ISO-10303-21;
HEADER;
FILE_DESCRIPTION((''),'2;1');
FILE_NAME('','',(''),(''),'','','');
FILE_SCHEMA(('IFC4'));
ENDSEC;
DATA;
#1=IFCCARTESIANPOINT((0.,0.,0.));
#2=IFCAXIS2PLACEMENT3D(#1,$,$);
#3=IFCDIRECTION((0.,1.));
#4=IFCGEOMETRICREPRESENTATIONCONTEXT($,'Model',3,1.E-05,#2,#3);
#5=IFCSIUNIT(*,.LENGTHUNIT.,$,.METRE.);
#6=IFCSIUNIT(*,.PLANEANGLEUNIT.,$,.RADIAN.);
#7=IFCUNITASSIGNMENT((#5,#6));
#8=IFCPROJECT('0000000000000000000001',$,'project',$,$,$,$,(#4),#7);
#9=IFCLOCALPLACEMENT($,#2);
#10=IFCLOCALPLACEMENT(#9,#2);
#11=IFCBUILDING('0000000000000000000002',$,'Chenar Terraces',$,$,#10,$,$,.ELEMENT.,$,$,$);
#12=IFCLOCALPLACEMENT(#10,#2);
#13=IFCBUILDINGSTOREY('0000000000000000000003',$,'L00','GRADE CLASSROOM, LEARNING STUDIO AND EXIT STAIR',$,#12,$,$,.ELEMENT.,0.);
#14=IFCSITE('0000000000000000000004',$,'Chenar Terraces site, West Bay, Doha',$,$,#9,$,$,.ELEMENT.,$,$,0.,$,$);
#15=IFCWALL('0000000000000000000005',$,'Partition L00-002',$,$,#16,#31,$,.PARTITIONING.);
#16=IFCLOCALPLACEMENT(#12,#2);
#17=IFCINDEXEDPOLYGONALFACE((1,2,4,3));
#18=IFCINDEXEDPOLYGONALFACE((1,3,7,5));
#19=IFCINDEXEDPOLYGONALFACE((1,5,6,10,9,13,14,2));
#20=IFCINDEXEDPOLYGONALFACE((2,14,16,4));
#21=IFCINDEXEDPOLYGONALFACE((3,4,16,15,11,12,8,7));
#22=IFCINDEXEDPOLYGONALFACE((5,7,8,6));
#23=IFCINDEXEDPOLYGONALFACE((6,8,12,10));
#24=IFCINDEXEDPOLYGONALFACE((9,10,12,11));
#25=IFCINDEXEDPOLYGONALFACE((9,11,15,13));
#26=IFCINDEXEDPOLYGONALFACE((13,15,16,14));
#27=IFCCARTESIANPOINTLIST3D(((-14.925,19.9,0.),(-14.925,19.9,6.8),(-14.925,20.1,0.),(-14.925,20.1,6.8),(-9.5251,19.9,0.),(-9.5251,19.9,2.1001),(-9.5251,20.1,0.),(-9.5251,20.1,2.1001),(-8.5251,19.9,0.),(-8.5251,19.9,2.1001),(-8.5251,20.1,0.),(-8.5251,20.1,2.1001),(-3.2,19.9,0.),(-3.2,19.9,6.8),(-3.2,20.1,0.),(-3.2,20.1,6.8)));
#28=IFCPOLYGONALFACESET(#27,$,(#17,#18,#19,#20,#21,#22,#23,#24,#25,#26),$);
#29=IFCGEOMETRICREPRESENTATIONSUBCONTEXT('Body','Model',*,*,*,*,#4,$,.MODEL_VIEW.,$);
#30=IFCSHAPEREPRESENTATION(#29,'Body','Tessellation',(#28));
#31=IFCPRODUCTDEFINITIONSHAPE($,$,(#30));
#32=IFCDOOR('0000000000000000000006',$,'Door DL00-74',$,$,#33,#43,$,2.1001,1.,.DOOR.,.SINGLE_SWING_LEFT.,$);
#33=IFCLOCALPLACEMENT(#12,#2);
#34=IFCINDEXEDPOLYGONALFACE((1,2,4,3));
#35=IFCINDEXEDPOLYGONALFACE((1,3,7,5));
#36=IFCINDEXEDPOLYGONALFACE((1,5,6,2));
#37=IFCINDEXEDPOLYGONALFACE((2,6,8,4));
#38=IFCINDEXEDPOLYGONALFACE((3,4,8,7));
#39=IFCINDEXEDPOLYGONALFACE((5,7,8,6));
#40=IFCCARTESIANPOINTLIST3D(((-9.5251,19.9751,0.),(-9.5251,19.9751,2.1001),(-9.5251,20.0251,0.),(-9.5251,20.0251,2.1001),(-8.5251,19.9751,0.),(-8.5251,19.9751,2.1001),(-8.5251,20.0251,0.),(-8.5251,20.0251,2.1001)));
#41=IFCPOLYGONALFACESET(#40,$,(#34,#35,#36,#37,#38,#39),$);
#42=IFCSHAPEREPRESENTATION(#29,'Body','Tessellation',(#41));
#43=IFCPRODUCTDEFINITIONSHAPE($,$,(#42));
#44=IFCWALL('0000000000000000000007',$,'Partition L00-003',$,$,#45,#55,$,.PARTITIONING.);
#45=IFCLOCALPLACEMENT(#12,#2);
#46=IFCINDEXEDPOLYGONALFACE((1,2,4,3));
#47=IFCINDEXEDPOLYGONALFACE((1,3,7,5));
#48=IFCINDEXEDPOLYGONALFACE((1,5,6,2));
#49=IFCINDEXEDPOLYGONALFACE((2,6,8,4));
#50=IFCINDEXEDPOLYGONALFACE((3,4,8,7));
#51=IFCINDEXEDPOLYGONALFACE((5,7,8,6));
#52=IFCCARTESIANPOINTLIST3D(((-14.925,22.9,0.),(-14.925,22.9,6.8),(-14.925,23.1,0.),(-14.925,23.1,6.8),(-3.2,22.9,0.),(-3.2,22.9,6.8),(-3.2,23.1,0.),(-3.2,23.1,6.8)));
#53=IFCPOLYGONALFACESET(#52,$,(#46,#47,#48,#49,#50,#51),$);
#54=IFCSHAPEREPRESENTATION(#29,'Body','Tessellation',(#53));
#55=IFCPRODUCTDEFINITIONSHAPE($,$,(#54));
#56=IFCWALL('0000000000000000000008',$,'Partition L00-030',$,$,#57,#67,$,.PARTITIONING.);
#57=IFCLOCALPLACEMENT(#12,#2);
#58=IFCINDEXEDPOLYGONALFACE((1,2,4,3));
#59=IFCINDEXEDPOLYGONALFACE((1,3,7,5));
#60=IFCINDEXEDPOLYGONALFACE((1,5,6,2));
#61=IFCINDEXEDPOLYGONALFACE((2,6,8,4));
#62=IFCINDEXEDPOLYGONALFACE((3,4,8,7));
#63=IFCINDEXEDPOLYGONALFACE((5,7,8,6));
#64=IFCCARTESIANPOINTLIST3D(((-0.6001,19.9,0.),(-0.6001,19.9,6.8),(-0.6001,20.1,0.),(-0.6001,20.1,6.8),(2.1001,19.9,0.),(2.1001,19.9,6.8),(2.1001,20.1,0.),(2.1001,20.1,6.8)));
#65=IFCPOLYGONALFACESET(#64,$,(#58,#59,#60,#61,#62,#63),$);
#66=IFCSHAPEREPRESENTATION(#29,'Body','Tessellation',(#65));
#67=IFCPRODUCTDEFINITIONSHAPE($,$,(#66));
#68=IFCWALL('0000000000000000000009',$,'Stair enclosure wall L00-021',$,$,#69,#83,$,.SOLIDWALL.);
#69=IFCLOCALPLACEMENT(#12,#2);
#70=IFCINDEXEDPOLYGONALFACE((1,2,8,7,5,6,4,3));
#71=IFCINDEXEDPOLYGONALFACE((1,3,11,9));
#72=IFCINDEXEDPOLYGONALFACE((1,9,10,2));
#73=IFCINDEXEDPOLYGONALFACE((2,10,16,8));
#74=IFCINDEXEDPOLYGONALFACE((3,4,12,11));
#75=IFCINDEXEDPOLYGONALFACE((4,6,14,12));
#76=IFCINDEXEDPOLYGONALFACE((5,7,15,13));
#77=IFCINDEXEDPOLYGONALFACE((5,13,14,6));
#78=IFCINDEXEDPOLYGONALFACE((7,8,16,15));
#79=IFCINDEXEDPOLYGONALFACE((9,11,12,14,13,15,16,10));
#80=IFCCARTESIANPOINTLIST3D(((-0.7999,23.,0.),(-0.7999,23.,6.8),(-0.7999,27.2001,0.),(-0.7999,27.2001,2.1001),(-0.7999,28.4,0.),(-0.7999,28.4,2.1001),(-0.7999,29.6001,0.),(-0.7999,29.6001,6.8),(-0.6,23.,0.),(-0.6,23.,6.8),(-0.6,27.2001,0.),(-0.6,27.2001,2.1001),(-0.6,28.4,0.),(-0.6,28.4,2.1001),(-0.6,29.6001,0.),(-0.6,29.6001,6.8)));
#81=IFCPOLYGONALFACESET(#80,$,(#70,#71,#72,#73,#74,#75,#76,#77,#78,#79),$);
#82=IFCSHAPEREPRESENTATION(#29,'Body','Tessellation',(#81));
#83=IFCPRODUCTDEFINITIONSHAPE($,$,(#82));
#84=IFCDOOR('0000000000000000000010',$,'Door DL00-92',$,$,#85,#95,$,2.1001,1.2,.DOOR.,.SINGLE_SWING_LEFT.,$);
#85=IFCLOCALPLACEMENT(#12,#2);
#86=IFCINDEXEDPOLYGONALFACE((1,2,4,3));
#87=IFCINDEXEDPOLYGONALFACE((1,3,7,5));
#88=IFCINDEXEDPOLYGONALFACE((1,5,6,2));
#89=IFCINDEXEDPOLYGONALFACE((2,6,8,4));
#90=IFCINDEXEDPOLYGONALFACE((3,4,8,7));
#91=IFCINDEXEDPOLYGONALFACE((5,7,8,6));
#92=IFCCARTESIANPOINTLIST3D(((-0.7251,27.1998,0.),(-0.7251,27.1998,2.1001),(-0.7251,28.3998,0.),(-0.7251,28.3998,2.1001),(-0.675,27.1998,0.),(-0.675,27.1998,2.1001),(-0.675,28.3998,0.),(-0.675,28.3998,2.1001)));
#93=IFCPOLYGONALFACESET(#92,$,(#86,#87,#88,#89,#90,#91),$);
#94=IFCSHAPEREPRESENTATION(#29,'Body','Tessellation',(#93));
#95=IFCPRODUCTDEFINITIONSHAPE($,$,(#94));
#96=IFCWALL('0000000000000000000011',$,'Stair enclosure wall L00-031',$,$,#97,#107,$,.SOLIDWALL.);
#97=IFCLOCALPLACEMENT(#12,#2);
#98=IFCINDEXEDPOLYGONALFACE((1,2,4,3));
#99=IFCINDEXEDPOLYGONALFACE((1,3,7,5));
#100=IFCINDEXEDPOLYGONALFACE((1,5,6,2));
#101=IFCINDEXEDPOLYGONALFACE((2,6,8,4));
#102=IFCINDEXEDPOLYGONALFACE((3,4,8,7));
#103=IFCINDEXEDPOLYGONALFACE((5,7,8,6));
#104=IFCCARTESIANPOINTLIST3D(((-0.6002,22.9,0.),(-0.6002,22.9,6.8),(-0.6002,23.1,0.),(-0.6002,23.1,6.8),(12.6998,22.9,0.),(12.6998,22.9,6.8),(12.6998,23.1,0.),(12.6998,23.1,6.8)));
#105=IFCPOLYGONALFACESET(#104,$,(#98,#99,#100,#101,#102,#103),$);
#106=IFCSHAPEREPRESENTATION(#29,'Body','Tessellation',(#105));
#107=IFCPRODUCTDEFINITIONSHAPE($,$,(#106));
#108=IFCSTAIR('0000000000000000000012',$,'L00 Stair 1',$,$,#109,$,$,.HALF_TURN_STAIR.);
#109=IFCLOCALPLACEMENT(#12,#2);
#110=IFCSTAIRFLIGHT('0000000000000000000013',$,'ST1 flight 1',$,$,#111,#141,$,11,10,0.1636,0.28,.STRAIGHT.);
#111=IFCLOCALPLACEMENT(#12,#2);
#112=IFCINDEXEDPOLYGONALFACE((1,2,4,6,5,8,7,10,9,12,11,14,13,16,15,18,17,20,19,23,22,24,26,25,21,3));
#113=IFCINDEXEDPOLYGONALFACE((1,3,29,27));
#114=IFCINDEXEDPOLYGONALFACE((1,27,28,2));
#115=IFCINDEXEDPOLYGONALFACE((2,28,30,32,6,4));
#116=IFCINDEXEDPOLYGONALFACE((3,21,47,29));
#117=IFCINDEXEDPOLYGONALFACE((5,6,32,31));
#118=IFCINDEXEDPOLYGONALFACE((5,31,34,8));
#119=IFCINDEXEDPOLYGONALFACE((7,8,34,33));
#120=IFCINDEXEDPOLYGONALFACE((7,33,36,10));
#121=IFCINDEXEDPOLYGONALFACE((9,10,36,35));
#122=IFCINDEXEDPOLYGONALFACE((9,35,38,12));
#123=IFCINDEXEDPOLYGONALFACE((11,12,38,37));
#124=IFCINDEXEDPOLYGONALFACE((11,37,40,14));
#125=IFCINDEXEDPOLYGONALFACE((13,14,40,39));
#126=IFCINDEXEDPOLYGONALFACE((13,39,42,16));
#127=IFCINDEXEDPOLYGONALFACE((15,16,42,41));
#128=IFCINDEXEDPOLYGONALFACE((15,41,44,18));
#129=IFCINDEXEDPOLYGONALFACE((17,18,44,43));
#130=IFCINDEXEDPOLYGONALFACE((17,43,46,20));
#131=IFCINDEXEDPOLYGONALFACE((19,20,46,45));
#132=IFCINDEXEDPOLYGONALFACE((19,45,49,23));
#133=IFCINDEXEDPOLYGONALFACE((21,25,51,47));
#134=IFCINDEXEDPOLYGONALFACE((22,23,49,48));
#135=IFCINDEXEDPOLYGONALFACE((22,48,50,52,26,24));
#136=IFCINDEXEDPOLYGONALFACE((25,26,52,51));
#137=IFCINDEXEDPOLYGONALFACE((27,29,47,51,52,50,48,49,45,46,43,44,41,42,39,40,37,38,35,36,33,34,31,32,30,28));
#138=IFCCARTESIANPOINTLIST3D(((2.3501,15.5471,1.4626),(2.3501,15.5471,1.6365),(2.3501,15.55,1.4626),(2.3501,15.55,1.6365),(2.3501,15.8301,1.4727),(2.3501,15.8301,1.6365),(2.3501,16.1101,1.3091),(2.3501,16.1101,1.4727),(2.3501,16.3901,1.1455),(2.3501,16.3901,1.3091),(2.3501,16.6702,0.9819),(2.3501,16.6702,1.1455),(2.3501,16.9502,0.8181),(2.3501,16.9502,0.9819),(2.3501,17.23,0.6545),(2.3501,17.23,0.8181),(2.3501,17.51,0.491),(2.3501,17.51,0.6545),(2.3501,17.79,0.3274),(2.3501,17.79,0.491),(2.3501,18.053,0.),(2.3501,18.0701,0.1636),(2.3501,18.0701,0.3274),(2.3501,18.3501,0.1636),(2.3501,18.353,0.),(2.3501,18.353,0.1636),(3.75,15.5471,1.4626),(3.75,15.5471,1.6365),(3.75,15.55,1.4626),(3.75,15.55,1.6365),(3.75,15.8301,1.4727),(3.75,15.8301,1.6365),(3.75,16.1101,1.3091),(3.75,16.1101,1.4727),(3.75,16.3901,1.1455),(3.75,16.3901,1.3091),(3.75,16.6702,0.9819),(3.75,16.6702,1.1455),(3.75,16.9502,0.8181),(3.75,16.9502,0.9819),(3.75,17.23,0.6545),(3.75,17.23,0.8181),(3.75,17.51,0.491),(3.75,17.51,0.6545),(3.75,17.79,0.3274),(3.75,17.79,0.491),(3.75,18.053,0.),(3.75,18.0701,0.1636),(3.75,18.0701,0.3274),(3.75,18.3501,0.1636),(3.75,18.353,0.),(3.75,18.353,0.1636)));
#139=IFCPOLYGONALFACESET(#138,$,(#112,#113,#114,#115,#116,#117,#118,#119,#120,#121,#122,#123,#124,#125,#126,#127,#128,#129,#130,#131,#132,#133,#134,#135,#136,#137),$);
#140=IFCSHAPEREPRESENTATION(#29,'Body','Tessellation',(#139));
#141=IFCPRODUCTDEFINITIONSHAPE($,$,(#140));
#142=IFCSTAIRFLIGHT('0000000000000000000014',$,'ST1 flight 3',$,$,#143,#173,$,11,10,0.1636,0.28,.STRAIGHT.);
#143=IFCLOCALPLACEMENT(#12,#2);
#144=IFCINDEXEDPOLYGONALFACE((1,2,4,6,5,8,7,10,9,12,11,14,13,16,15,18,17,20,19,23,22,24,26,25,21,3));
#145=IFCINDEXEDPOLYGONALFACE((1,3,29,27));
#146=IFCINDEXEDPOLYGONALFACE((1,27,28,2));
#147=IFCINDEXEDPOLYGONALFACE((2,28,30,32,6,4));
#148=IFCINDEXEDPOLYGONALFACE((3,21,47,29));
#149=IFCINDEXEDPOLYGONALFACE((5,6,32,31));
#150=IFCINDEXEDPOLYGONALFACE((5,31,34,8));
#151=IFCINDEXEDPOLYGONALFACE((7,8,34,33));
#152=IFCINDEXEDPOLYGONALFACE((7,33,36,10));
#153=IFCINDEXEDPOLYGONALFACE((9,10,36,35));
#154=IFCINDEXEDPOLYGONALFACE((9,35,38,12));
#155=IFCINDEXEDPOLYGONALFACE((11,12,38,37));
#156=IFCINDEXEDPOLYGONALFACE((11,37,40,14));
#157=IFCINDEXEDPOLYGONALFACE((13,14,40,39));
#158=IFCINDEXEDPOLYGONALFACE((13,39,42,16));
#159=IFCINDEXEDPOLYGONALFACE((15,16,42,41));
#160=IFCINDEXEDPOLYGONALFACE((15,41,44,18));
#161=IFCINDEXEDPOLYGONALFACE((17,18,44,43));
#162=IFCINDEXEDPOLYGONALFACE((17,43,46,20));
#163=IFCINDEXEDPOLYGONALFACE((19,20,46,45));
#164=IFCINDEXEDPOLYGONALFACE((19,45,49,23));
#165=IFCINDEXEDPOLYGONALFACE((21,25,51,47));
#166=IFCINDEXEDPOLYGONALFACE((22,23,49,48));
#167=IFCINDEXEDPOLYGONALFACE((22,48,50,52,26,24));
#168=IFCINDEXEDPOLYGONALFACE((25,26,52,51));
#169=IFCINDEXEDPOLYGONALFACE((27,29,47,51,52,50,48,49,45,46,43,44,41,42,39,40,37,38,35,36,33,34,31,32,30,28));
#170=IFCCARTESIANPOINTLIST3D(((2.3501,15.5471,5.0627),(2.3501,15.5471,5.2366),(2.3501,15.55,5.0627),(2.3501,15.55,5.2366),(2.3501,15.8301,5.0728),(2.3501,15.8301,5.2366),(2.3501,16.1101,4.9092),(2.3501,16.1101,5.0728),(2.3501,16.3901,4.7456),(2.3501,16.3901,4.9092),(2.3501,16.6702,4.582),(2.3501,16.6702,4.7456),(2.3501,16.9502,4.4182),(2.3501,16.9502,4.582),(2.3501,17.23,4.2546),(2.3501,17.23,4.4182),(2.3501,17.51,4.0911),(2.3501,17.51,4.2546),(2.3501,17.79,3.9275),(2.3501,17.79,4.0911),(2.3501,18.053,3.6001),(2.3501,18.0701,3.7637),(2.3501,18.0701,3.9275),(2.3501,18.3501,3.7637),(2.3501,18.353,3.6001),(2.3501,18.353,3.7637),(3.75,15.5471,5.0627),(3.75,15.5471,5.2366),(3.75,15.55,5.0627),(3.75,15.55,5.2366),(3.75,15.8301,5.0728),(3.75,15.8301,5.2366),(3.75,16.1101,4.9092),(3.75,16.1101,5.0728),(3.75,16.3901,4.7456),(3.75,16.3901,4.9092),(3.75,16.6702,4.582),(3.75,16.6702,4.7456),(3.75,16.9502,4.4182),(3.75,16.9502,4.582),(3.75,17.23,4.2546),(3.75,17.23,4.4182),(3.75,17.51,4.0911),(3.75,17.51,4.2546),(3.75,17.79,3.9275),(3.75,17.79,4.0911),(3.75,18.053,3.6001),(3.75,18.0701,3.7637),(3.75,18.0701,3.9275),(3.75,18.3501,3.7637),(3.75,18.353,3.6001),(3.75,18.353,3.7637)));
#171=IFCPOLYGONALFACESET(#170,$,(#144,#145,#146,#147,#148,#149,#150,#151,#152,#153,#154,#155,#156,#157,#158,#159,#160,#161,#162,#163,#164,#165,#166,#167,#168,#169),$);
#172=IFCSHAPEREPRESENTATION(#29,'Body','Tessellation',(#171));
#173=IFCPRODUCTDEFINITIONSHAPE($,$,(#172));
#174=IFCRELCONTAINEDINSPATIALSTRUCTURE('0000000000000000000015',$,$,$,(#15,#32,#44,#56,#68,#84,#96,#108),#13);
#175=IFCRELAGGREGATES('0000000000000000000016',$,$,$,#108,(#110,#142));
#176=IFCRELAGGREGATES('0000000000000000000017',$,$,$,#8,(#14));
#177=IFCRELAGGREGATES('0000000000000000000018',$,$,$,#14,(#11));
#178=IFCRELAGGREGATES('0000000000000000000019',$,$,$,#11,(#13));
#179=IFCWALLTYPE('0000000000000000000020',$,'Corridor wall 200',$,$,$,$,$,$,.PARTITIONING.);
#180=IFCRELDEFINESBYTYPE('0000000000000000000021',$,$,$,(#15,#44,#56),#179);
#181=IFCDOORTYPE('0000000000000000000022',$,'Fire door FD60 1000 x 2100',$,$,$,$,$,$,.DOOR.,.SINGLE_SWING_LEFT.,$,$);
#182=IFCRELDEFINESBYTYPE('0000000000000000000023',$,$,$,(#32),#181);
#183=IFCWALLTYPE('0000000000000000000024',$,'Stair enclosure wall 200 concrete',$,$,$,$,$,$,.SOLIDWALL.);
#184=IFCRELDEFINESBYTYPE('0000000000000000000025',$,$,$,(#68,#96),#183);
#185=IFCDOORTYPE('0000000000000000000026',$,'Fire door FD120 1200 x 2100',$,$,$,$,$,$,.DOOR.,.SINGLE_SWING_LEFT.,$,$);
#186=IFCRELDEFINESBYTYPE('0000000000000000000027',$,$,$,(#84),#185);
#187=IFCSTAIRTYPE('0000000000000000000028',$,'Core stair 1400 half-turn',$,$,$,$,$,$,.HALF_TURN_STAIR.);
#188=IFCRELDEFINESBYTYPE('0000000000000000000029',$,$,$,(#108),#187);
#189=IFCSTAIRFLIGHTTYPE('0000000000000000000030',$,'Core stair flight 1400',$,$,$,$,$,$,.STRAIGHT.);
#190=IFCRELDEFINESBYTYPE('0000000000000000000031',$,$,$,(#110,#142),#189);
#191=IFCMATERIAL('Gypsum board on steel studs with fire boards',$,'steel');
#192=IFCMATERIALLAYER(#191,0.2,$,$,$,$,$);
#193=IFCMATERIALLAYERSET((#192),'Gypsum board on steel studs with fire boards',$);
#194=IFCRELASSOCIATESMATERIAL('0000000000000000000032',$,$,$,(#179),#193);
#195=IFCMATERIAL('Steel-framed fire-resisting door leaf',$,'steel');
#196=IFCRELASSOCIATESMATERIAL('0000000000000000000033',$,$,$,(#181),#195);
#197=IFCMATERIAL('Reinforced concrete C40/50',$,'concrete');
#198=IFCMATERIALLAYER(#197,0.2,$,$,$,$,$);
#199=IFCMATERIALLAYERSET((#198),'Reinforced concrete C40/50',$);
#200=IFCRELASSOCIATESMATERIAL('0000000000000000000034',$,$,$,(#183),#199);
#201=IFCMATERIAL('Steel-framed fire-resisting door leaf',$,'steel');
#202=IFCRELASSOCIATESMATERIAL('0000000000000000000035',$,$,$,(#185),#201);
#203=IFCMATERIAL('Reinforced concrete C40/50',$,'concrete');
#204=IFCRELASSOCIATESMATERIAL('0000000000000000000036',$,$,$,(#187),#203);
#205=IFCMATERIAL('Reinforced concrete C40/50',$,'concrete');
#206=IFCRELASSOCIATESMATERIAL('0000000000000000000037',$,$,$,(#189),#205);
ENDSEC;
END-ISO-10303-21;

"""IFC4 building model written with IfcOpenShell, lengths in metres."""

from ifc_helpers import new_model, si_unit, direction, frame, frame_2d, origin, place, context, subcontext, project, spatial, polyline, rectangle, outline, extrude, material, layer, layer_set, type_object, element, fill, aggregate, save


model = new_model("IFC4")

# Units and contexts
model_context = context("Model", 3, precision=1e-05, world=origin(), true_north=direction((0.0, 1.0)))
body_context = subcontext(model_context, "Body", "Model", "MODEL_VIEW")
ifc_project = project(units=[si_unit("LENGTHUNIT", "METRE"), si_unit("PLANEANGLEUNIT", "RADIAN")], contexts=[model_context])

# Site, building, storey
site_placement = place(None, origin())
site = spatial("IfcSite", under=ifc_project, at=site_placement, Name="Chenar Terraces site, West Bay, Doha", CompositionType="ELEMENT", RefElevation=0.0)
building_placement = place(site_placement, origin())
building = spatial("IfcBuilding", under=site, at=building_placement, Name="Chenar Terraces", CompositionType="ELEMENT")
storey_placement = place(building_placement, origin())
storey = spatial("IfcBuildingStorey", under=building, at=storey_placement, Name="L00", Description="GRADE CLASSROOM, LEARNING STUDIO AND EXIT STAIR", CompositionType="ELEMENT", Elevation=0.0)

# Shared definitions
placement = place(storey_placement, origin())

# Wall, opening, door
ifc_material_1 = material(Name="Gypsum board on steel studs with fire boards", Category="steel")
ifc_layer_1 = layer(ifc_material_1, 0.2)
ifc_layer_set_1 = layer_set([ifc_layer_1], Name="Gypsum board on steel studs with fire boards")
wall_type_1 = type_object("IfcWallType", Name="Corridor wall 200", PredefinedType="PARTITIONING", material=ifc_layer_set_1)
wall_1_placement = place(storey_placement, frame((-14.925, 20.0, 0.0), z_axis=(0.0, 0.0, 1.0), x_axis=(1.0, 0.0, 0.0)))
wall_1 = element("IfcWall", 1, at=wall_1_placement, inside=storey, type_object=wall_type_1, Name="Partition L00-002", PredefinedType="PARTITIONING", context=body_context, shape_type="SweptSolid", body=[
    extrude(rectangle(XDim=11.7251, YDim=0.2, at=frame_2d((5.8625, 0.0))), origin(), (0.0, 0.0, 1.0), 6.8),
])
opening_1_placement = place(wall_1_placement, frame((5.3999, 0.0, 0.0)))
opening_1 = element("IfcOpeningElement", 2, at=opening_1_placement, cuts=wall_1, PredefinedType="OPENING", context=body_context, shape_type="SweptSolid", body=[
    extrude(rectangle(XDim=1.0, YDim=2.1001, at=frame_2d((0.5, 1.05))), frame((0.0, 0.1099, 0.0), z_axis=(0.0, -1.0, 0.0), x_axis=(1.0, 0.0, 0.0)), (0.0, 0.0, 1.0), 0.22),
])
ifc_material_2 = material(Name="Steel-framed fire-resisting door leaf", Category="steel")
door_type_1 = type_object("IfcDoorType", Name="Fire door FD60 1000 x 2100", OperationType="SINGLE_SWING_LEFT", PredefinedType="DOOR", material=ifc_material_2)
door_1_placement = place(opening_1_placement, frame((1.0, 0.0, 0.0), z_axis=(0.0, 0.0, 1.0), x_axis=(-1.0, 0.0, 0.0)))
door_1 = element("IfcDoor", 3, at=door_1_placement, inside=storey, type_object=door_type_1, Name="Door DL00-74", OperationType="SINGLE_SWING_LEFT", OverallHeight=2.1001, OverallWidth=1.0, PredefinedType="DOOR", context=body_context, shape_type="SweptSolid", body=[
    extrude(rectangle(XDim=1.0, YDim=2.1001, at=frame_2d((0.5, 1.05))), frame((0.0, 0.0249, 0.0), z_axis=(0.0, -1.0, 0.0), x_axis=(1.0, 0.0, 0.0)), (0.0, 0.0, 1.0), 0.05),
])
fill(opening_1, door_1)

# Walls
wall_2_placement = place(storey_placement, frame((-14.925, 23.0, 0.0), z_axis=(0.0, 0.0, 1.0), x_axis=(1.0, 0.0, 0.0)))
element("IfcWall", 4, at=wall_2_placement, inside=storey, type_object=wall_type_1, Name="Partition L00-003", PredefinedType="PARTITIONING", context=body_context, shape_type="SweptSolid", body=[
    extrude(rectangle(XDim=11.7251, YDim=0.2, at=frame_2d((5.8625, 0.0))), origin(), (0.0, 0.0, 1.0), 6.8),
])
wall_3_placement = place(storey_placement, frame((-0.6001, 20.0, 0.0), z_axis=(0.0, 0.0, 1.0), x_axis=(1.0, 0.0, 0.0)))
element("IfcWall", 5, at=wall_3_placement, inside=storey, type_object=wall_type_1, Name="Partition L00-030", PredefinedType="PARTITIONING", context=body_context, shape_type="SweptSolid", body=[
    extrude(rectangle(XDim=2.7002, YDim=0.2, at=frame_2d((1.3501, 0.0))), origin(), (0.0, 0.0, 1.0), 6.8),
])

# Wall, opening, door
ifc_material_3 = material(Name="Reinforced concrete C40/50", Category="concrete")
ifc_layer_2 = layer(ifc_material_3, 0.2)
ifc_layer_set_2 = layer_set([ifc_layer_2], Name="Reinforced concrete C40/50")
wall_type_2 = type_object("IfcWallType", Name="Stair enclosure wall 200 concrete", PredefinedType="SOLIDWALL", material=ifc_layer_set_2)
wall_4_placement = place(storey_placement, frame((-0.7, 23.0, 0.0), z_axis=(0.0, 0.0, 1.0), x_axis=(0.0, 1.0, 0.0)))
wall_4 = element("IfcWall", 6, at=wall_4_placement, inside=storey, type_object=wall_type_2, Name="Stair enclosure wall L00-021", PredefinedType="SOLIDWALL", context=body_context, shape_type="SweptSolid", body=[
    extrude(rectangle(XDim=6.6001, YDim=0.2, at=frame_2d((3.3, 0.0))), origin(), (0.0, 0.0, 1.0), 6.8),
])
opening_2_placement = place(wall_4_placement, frame((4.2, 0.0, 0.0)))
opening_2 = element("IfcOpeningElement", 7, at=opening_2_placement, cuts=wall_4, PredefinedType="OPENING", context=body_context, shape_type="SweptSolid", body=[
    extrude(rectangle(XDim=1.2, YDim=2.1001, at=frame_2d((0.6001, 1.05))), frame((0.0, 0.1099, 0.0), z_axis=(0.0, -1.0, 0.0), x_axis=(1.0, 0.0, 0.0)), (0.0, 0.0, 1.0), 0.22),
])
ifc_material_4 = material(Name="Steel-framed fire-resisting door leaf", Category="steel")
door_type_2 = type_object("IfcDoorType", Name="Fire door FD120 1200 x 2100", OperationType="SINGLE_SWING_LEFT", PredefinedType="DOOR", material=ifc_material_4)
door_2_placement = place(opening_2_placement, frame((1.2, 0.0, 0.0), z_axis=(0.0, 0.0, 1.0), x_axis=(-1.0, 0.0, 0.0)))
door_2 = element("IfcDoor", 8, at=door_2_placement, inside=storey, type_object=door_type_2, Name="Door DL00-92", OperationType="SINGLE_SWING_LEFT", OverallHeight=2.1001, OverallWidth=1.2, PredefinedType="DOOR", context=body_context, shape_type="SweptSolid", body=[
    extrude(rectangle(XDim=1.2, YDim=2.1001, at=frame_2d((0.6001, 1.05))), frame((0.0, 0.0249, 0.0), z_axis=(0.0, -1.0, 0.0), x_axis=(1.0, 0.0, 0.0)), (0.0, 0.0, 1.0), 0.05),
])
fill(opening_2, door_2)

# Wall
wall_5_placement = place(storey_placement, frame((-0.6001, 23.0, 0.0), z_axis=(0.0, 0.0, 1.0), x_axis=(1.0, 0.0, 0.0)))
element("IfcWall", 9, at=wall_5_placement, inside=storey, type_object=wall_type_2, Name="Stair enclosure wall L00-031", PredefinedType="SOLIDWALL", context=body_context, shape_type="SweptSolid", body=[
    extrude(rectangle(XDim=13.3, YDim=0.2, at=frame_2d((6.6499, 0.0))), origin(), (0.0, 0.0, 1.0), 6.8),
])

# Stair, stair flights
ifc_material_5 = material(Name="Reinforced concrete C40/50", Category="concrete")
stair_type = type_object("IfcStairType", Name="Core stair 1400 half-turn", PredefinedType="HALF_TURN_STAIR", material=ifc_material_5)
stair = element("IfcStair", 10, at=placement, inside=storey, type_object=stair_type, Name="L00 Stair 1", PredefinedType="HALF_TURN_STAIR")
ifc_material_6 = material(Name="Reinforced concrete C40/50", Category="concrete")
stair_flight_type = type_object("IfcStairFlightType", Name="Core stair flight 1400", PredefinedType="STRAIGHT", material=ifc_material_6)
stair_flight_1_placement = place(storey_placement, frame((3.05, 18.3501, 0.0), z_axis=(0.0, 0.0, 1.0), x_axis=(0.0, -1.0, 0.0)))
stair_flight_1 = element("IfcStairFlight", 11, at=stair_flight_1_placement, type_object=stair_flight_type, Name="ST1 flight 1", NumberOfRisers=11, NumberOfTreads=10, PredefinedType="STRAIGHT", RiserHeight=0.1636, TreadLength=0.28, context=body_context, shape_type="SweptSolid", body=[
    extrude(outline(polyline([(-0.0029, 0.0), (-0.0029, 0.1636), (0.0, 0.1636), (0.28, 0.1636), (0.28, 0.3274), (0.5601, 0.3274), (0.5601, 0.491), (0.8401, 0.491), (0.8401, 0.6545), (1.1201, 0.6545), (1.1201, 0.8181), (1.3999, 0.8181), (1.3999, 0.9819), (1.6799, 0.9819), (1.6799, 1.1455), (1.96, 1.1455), (1.96, 1.3091), (2.24, 1.3091), (2.24, 1.4727), (2.52, 1.4727), (2.52, 1.6365), (2.8, 1.6365), (2.803, 1.6365), (2.803, 1.4626), (2.8, 1.4626), (0.2971, 0.0), (-0.0029, 0.0)])), frame((0.0, 0.7, 0.0), z_axis=(0.0, -1.0, 0.0), x_axis=(1.0, 0.0, 0.0)), (0.0, 0.0, 1.0), 1.3999),
])
stair_flight_2_placement = place(storey_placement, frame((3.05, 18.3501, 3.6001), z_axis=(0.0, 0.0, 1.0), x_axis=(0.0, -1.0, 0.0)))
stair_flight_2 = element("IfcStairFlight", 12, at=stair_flight_2_placement, type_object=stair_flight_type, Name="ST1 flight 3", NumberOfRisers=11, NumberOfTreads=10, PredefinedType="STRAIGHT", RiserHeight=0.1636, TreadLength=0.28, context=body_context, shape_type="SweptSolid", body=[
    extrude(outline(polyline([(-0.0029, 0.0), (-0.0029, 0.1636), (0.0, 0.1636), (0.28, 0.1636), (0.28, 0.3274), (0.5601, 0.3274), (0.5601, 0.491), (0.8401, 0.491), (0.8401, 0.6545), (1.1201, 0.6545), (1.1201, 0.8181), (1.3999, 0.8181), (1.3999, 0.9819), (1.6799, 0.9819), (1.6799, 1.1455), (1.96, 1.1455), (1.96, 1.3091), (2.24, 1.3091), (2.24, 1.4727), (2.52, 1.4727), (2.52, 1.6365), (2.8, 1.6365), (2.803, 1.6365), (2.803, 1.4626), (2.8, 1.4626), (0.2971, 0.0), (-0.0029, 0.0)])), frame((0.0, 0.7, 0.0), z_axis=(0.0, -1.0, 0.0), x_axis=(1.0, 0.0, 0.0)), (0.0, 0.0, 1.0), 1.3999),
])
aggregate(stair, [stair_flight_1, stair_flight_2])

save(model, "model.ifc")
